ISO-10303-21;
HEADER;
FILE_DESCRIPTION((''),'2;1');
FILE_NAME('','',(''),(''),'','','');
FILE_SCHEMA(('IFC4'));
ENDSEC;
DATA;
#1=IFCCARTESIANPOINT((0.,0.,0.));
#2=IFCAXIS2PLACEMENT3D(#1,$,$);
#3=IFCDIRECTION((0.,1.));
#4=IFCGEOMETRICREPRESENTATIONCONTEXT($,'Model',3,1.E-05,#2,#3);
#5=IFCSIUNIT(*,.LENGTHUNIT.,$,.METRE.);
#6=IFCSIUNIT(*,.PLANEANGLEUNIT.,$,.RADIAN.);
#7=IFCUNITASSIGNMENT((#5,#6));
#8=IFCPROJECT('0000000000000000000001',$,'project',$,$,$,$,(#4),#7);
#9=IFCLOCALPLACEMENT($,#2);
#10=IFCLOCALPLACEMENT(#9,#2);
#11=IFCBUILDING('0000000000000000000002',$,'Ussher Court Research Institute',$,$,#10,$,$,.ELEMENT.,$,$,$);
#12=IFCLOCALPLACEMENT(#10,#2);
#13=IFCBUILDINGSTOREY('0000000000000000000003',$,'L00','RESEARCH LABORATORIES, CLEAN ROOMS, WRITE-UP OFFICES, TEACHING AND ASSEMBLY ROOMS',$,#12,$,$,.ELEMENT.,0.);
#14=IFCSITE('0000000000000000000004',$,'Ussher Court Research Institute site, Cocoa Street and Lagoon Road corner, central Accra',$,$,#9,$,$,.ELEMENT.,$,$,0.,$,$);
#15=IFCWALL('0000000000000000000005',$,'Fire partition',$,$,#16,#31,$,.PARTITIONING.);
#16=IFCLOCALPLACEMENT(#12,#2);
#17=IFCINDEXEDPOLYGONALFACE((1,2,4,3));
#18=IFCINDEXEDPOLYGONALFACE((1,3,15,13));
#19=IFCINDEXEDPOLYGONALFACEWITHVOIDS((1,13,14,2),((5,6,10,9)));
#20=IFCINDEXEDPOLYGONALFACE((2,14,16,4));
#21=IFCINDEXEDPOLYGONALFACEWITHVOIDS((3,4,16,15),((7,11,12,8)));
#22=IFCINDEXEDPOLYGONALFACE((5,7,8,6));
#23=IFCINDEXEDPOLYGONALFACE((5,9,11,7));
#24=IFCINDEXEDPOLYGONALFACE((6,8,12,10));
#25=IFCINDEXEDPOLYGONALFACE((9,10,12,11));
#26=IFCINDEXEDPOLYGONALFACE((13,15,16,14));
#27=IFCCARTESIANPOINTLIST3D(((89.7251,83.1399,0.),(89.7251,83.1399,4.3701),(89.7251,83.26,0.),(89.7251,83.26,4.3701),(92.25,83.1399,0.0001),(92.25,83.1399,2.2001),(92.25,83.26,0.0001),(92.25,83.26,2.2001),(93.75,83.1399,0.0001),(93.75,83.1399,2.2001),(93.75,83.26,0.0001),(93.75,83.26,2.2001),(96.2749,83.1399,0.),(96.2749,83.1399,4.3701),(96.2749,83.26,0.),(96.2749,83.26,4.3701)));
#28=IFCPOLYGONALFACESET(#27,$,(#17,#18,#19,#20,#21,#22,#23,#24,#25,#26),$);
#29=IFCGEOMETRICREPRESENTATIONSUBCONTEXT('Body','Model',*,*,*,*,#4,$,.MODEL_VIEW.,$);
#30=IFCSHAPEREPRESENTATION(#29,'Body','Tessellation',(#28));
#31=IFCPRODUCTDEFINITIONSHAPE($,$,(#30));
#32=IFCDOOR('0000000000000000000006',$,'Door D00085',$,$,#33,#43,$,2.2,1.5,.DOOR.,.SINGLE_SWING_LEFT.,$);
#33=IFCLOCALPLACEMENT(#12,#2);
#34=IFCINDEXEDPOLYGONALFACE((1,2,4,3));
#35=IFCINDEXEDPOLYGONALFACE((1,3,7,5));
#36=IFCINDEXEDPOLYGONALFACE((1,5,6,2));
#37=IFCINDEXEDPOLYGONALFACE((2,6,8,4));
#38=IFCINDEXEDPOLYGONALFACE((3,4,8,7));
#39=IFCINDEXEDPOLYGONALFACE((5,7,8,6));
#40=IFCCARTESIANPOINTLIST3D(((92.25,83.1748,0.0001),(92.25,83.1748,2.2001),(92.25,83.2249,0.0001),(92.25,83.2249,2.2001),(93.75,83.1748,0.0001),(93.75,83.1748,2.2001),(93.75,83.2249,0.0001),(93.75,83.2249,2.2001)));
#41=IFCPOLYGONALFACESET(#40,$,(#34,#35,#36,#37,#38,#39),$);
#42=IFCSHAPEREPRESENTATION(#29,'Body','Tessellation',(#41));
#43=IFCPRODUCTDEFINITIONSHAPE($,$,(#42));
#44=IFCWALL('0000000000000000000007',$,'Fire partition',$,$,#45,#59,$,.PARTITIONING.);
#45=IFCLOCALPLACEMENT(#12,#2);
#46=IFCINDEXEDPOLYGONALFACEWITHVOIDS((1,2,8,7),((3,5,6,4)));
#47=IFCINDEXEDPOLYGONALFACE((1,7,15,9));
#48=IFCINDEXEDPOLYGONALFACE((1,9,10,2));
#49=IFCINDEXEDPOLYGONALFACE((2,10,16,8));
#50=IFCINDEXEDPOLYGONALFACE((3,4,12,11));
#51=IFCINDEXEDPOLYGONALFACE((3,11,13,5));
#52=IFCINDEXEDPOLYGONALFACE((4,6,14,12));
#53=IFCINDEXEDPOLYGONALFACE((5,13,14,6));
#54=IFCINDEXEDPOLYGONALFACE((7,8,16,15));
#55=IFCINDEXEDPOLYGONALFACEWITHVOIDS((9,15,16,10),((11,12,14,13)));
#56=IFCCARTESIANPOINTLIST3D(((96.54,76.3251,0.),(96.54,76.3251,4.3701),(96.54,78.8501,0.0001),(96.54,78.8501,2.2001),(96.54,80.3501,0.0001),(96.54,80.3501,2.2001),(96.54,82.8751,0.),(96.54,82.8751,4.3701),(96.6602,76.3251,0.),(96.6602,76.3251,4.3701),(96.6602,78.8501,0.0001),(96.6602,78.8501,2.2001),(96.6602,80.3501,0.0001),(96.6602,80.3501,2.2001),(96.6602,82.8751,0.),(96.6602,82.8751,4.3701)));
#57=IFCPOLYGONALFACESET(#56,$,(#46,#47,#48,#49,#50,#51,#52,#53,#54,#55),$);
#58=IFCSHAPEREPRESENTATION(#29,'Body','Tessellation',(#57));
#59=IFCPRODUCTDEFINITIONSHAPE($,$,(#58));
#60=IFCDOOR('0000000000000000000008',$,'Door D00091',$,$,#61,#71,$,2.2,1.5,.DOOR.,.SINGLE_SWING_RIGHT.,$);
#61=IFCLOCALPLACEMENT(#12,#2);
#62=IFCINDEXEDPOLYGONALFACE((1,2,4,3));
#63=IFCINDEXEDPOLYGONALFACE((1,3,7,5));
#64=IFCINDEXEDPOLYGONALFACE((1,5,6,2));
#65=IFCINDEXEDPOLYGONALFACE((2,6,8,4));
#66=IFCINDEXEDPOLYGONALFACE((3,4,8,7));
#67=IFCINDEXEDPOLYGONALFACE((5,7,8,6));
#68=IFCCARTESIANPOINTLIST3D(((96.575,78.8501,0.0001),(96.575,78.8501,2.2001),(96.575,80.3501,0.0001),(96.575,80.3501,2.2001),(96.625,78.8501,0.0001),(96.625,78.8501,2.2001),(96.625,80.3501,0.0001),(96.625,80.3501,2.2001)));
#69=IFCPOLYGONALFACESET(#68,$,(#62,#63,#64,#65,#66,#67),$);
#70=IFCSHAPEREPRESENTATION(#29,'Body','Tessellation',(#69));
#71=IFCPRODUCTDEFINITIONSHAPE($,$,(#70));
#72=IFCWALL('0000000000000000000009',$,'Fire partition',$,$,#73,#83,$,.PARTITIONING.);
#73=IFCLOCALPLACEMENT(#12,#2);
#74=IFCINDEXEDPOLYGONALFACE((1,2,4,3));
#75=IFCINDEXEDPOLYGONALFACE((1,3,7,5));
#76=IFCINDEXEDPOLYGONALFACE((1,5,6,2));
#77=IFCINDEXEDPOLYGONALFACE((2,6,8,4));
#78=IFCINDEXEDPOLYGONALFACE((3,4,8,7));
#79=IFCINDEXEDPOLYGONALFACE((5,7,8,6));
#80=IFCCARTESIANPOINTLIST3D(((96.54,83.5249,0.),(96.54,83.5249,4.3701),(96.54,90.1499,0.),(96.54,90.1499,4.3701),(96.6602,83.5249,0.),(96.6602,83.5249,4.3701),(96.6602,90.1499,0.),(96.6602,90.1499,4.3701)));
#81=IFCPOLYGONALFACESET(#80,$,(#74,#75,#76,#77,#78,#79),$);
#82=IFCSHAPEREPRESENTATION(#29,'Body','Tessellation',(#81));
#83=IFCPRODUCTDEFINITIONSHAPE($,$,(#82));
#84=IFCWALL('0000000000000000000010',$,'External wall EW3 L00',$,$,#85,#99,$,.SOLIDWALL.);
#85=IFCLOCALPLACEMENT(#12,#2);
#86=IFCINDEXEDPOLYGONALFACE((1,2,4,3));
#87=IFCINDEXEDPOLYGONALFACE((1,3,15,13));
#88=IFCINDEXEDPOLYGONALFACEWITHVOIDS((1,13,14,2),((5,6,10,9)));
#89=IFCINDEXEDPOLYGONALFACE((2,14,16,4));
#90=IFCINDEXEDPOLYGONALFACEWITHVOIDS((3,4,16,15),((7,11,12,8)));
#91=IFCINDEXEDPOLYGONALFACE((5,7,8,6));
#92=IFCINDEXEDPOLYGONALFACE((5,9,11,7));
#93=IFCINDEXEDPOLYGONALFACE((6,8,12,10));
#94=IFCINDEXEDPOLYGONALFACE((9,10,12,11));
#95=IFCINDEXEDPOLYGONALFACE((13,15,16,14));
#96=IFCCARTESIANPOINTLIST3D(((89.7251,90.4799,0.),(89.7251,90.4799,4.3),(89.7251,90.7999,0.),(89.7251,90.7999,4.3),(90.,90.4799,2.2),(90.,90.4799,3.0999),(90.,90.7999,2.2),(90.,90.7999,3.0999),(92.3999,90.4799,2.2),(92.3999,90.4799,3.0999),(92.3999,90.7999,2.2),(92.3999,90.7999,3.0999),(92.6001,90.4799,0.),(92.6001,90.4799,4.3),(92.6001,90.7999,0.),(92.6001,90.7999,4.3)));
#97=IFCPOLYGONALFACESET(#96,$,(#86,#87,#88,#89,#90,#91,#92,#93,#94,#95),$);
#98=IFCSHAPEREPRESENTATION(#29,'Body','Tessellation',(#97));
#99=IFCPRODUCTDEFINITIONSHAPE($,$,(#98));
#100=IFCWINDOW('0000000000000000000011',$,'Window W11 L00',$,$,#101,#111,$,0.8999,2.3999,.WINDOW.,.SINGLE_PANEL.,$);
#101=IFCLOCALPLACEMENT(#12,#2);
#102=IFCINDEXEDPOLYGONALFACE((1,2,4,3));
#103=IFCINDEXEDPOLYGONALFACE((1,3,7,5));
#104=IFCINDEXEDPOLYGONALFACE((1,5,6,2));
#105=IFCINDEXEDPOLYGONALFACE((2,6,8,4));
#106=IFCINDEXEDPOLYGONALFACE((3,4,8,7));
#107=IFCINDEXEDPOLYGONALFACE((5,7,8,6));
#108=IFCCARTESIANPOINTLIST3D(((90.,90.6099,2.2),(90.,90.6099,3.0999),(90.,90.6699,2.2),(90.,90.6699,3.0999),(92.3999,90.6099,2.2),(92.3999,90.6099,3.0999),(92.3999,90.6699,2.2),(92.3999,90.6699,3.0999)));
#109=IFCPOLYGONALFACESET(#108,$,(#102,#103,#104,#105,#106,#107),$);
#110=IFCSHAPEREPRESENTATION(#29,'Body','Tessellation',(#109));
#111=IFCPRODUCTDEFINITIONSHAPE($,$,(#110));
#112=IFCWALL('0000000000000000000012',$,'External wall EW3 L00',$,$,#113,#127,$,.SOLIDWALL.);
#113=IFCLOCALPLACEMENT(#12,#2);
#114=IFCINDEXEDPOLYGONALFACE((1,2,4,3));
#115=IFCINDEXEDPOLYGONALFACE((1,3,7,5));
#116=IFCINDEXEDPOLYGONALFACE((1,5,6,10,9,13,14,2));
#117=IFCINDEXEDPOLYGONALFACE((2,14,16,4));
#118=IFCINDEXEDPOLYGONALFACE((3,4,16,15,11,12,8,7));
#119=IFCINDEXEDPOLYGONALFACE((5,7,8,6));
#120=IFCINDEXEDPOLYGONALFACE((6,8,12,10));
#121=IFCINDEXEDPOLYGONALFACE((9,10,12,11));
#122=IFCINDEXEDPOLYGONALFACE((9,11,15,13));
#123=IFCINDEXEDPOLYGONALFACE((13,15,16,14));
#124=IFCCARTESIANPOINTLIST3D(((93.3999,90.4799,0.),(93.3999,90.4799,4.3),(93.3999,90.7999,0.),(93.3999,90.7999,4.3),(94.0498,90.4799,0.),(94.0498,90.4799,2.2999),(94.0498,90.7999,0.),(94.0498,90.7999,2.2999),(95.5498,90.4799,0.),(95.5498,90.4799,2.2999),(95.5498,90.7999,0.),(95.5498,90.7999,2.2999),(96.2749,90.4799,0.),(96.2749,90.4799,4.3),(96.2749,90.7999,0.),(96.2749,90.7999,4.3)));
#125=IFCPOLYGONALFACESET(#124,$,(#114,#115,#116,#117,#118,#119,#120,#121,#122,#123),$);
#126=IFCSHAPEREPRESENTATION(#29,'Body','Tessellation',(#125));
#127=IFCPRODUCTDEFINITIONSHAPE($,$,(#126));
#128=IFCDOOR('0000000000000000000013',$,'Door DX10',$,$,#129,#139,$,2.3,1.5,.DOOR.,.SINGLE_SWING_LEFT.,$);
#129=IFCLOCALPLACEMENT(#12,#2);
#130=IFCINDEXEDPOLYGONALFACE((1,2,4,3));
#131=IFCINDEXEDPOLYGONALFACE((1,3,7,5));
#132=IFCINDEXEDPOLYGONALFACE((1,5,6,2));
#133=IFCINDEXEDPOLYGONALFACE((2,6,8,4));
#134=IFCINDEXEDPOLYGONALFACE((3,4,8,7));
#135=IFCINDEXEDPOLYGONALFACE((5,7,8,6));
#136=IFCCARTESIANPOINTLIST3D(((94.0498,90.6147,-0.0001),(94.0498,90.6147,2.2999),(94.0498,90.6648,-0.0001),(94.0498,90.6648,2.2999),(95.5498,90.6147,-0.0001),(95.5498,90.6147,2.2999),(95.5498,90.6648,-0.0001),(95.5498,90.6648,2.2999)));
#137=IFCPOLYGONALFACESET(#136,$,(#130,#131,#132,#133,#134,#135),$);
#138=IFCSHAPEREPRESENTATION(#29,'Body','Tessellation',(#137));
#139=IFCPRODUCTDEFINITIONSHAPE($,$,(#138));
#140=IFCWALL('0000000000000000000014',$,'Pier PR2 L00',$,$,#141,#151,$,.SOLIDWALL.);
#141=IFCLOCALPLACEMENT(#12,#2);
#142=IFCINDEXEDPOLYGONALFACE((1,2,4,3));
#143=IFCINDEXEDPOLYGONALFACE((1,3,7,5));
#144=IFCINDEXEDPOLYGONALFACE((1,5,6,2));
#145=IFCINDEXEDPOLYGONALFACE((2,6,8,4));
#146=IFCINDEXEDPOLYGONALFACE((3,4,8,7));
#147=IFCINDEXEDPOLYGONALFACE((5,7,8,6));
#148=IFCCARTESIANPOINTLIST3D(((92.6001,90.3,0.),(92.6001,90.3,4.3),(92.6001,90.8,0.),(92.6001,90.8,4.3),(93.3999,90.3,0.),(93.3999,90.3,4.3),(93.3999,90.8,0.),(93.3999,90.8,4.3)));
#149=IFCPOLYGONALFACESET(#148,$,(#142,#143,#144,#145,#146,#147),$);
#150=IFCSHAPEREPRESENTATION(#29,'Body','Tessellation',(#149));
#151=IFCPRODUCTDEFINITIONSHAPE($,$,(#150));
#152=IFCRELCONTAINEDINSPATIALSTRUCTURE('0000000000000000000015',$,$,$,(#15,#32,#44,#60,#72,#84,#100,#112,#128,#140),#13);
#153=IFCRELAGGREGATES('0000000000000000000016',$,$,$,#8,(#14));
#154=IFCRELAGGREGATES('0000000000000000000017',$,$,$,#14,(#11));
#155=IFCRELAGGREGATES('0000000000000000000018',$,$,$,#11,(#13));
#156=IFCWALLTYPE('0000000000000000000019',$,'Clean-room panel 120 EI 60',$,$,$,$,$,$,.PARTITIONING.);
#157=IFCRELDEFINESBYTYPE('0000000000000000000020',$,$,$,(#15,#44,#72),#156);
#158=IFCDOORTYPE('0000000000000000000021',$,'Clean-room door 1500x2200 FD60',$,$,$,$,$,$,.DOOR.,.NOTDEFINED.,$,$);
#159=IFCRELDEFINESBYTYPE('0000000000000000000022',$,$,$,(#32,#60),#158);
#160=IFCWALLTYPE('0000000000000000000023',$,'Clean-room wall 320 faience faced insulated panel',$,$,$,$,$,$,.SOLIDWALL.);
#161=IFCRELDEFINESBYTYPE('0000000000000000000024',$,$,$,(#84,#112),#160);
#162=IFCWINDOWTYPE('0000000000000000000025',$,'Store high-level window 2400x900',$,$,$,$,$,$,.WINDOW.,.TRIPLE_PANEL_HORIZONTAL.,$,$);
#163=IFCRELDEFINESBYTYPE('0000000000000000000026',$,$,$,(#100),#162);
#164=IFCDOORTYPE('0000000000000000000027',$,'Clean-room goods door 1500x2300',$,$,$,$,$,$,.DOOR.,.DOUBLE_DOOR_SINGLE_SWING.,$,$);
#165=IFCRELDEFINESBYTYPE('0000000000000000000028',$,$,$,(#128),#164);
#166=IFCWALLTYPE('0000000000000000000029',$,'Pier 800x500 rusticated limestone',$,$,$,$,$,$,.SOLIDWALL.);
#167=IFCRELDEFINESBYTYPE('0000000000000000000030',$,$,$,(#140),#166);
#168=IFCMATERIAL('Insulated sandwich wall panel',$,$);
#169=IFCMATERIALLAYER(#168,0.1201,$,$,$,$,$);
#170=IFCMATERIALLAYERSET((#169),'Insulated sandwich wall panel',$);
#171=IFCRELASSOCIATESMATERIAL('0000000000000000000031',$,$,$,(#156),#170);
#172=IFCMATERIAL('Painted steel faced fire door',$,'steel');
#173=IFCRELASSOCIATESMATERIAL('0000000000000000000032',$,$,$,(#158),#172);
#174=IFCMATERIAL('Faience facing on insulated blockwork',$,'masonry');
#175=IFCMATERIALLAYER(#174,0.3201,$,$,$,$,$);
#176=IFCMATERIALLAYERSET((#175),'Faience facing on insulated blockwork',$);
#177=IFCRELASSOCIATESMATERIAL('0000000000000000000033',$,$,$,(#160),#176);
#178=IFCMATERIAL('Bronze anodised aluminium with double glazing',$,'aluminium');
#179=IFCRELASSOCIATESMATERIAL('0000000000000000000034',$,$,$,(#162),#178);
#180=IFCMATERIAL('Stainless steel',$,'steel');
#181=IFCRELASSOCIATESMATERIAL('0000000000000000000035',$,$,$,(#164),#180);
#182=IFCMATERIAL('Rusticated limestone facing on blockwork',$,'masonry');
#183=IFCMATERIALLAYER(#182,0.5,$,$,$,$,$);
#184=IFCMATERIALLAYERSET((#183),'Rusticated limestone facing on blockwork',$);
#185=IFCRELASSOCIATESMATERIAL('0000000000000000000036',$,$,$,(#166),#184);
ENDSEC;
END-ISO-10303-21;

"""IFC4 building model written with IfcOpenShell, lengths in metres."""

from ifc_helpers import new_model, si_unit, direction, frame, frame_2d, origin, place, context, subcontext, project, spatial, rectangle, extrude, material, layer, layer_set, type_object, element, fill, save


model = new_model("IFC4")

# Units and contexts
model_context = context("Model", 3, precision=1e-05, world=origin(), true_north=direction((0.0, 1.0)))
body_context = subcontext(model_context, "Body", "Model", "MODEL_VIEW")
ifc_project = project(units=[si_unit("LENGTHUNIT", "METRE"), si_unit("PLANEANGLEUNIT", "RADIAN")], contexts=[model_context])

# Site, building, storey
site_placement = place(None, origin())
site = spatial("IfcSite", under=ifc_project, at=site_placement, Name="Ussher Court Research Institute site, Cocoa Street and Lagoon Road corner, central Accra", CompositionType="ELEMENT", RefElevation=0.0)
building_placement = place(site_placement, origin())
building = spatial("IfcBuilding", under=site, at=building_placement, Name="Ussher Court Research Institute", CompositionType="ELEMENT")
storey_placement = place(building_placement, origin())
storey = spatial("IfcBuildingStorey", under=building, at=storey_placement, Name="L00", Description="RESEARCH LABORATORIES, CLEAN ROOMS, WRITE-UP OFFICES, TEACHING AND ASSEMBLY ROOMS", CompositionType="ELEMENT", Elevation=0.0)

# Walls, openings, doors
ifc_material_1 = material(Name="Insulated sandwich wall panel")
ifc_layer_1 = layer(ifc_material_1, 0.1201)
ifc_layer_set_1 = layer_set([ifc_layer_1], Name="Insulated sandwich wall panel")
wall_type_1 = type_object("IfcWallType", Name="Clean-room panel 120 EI 60", PredefinedType="PARTITIONING", material=ifc_layer_set_1)
wall_1_placement = place(storey_placement, frame((89.7251, 83.2, 0.0), z_axis=(0.0, 0.0, 1.0), x_axis=(1.0, 0.0, 0.0)))
wall_1 = element("IfcWall", 1, at=wall_1_placement, inside=storey, type_object=wall_type_1, Name="Fire partition", PredefinedType="PARTITIONING", context=body_context, shape_type="SweptSolid", body=[
    extrude(rectangle(XDim=6.5498, YDim=0.1201, at=frame_2d((3.2749, 0.0))), origin(), (0.0, 0.0, 1.0), 4.3701),
])
opening_1_placement = place(wall_1_placement, frame((2.5249, 0.0, 0.0)))
opening_1 = element("IfcOpeningElement", 2, at=opening_1_placement, cuts=wall_1, PredefinedType="OPENING", context=body_context, shape_type="SweptSolid", body=[
    extrude(rectangle(XDim=1.5, YDim=2.2, at=frame_2d((0.75, 1.1001))), frame((0.0, 0.0701, 0.0), z_axis=(0.0, -1.0, 0.0), x_axis=(1.0, 0.0, 0.0)), (0.0, 0.0, 1.0), 0.1401),
])
ifc_material_2 = material(Name="Painted steel faced fire door", Category="steel")
door_type_1 = type_object("IfcDoorType", Name="Clean-room door 1500x2200 FD60", OperationType="NOTDEFINED", PredefinedType="DOOR", material=ifc_material_2)
door_1_placement = place(opening_1_placement, origin())
door_1 = element("IfcDoor", 3, at=door_1_placement, inside=storey, type_object=door_type_1, Name="Door D00085", OperationType="SINGLE_SWING_LEFT", OverallHeight=2.2, OverallWidth=1.5, PredefinedType="DOOR", context=body_context, shape_type="SweptSolid", body=[
    extrude(rectangle(XDim=1.5, YDim=2.2, at=frame_2d((0.75, 1.1001))), frame((0.0, 0.0249, 0.0), z_axis=(0.0, -1.0, 0.0), x_axis=(1.0, 0.0, 0.0)), (0.0, 0.0, 1.0), 0.05),
])
fill(opening_1, door_1)
wall_2_placement = place(storey_placement, frame((96.6001, 82.875, 0.0), z_axis=(0.0, 0.0, 1.0), x_axis=(0.0, -1.0, 0.0)))
wall_2 = element("IfcWall", 4, at=wall_2_placement, inside=storey, type_object=wall_type_1, Name="Fire partition", PredefinedType="PARTITIONING", context=body_context, shape_type="SweptSolid", body=[
    extrude(rectangle(XDim=6.55, YDim=0.1201, at=frame_2d((3.2749, 0.0))), origin(), (0.0, 0.0, 1.0), 4.3701),
])
opening_2_placement = place(wall_2_placement, frame((2.5249, 0.0, 0.0)))
opening_2 = element("IfcOpeningElement", 5, at=opening_2_placement, cuts=wall_2, PredefinedType="OPENING", context=body_context, shape_type="SweptSolid", body=[
    extrude(rectangle(XDim=1.5, YDim=2.2, at=frame_2d((0.75, 1.1001))), frame((0.0, 0.0701, 0.0), z_axis=(0.0, -1.0, 0.0), x_axis=(1.0, 0.0, 0.0)), (0.0, 0.0, 1.0), 0.1401),
])
door_2_placement = place(opening_2_placement, origin())
door_2 = element("IfcDoor", 6, at=door_2_placement, inside=storey, type_object=door_type_1, Name="Door D00091", OperationType="SINGLE_SWING_RIGHT", OverallHeight=2.2, OverallWidth=1.5, PredefinedType="DOOR", context=body_context, shape_type="SweptSolid", body=[
    extrude(rectangle(XDim=1.5, YDim=2.2, at=frame_2d((0.75, 1.1001))), frame((0.0, 0.0249, 0.0), z_axis=(0.0, -1.0, 0.0), x_axis=(1.0, 0.0, 0.0)), (0.0, 0.0, 1.0), 0.05),
])
fill(opening_2, door_2)

# Wall
wall_3_placement = place(storey_placement, frame((96.6001, 83.5249, 0.0), z_axis=(0.0, 0.0, 1.0), x_axis=(0.0, 1.0, 0.0)))
element("IfcWall", 7, at=wall_3_placement, inside=storey, type_object=wall_type_1, Name="Fire partition", PredefinedType="PARTITIONING", context=body_context, shape_type="SweptSolid", body=[
    extrude(rectangle(XDim=6.625, YDim=0.1201, at=frame_2d((3.3125, 0.0))), origin(), (0.0, 0.0, 1.0), 4.3701),
])

# Wall, opening, window
ifc_material_3 = material(Name="Faience facing on insulated blockwork", Category="masonry")
ifc_layer_2 = layer(ifc_material_3, 0.3201)
ifc_layer_set_2 = layer_set([ifc_layer_2], Name="Faience facing on insulated blockwork")
wall_type_2 = type_object("IfcWallType", Name="Clean-room wall 320 faience faced insulated panel", PredefinedType="SOLIDWALL", material=ifc_layer_set_2)
wall_4_placement = place(storey_placement, frame((89.7251, 90.6399, 0.0), z_axis=(0.0, 0.0, 1.0), x_axis=(1.0, 0.0, 0.0)))
wall_4 = element("IfcWall", 8, at=wall_4_placement, inside=storey, type_object=wall_type_2, Name="External wall EW3 L00", PredefinedType="SOLIDWALL", context=body_context, shape_type="SweptSolid", body=[
    extrude(rectangle(XDim=2.875, YDim=0.3201, at=frame_2d((1.4375, 0.0))), origin(), (0.0, 0.0, 1.0), 4.3),
])
opening_3_placement = place(wall_4_placement, frame((0.2749, 0.0, 2.2)))
opening_3 = element("IfcOpeningElement", 9, at=opening_3_placement, cuts=wall_4, PredefinedType="OPENING", context=body_context, shape_type="SweptSolid", body=[
    extrude(rectangle(XDim=2.3999, YDim=0.8999, at=frame_2d((1.2, 0.45))), frame((0.0, 0.1699, 0.0), z_axis=(0.0, -1.0, 0.0), x_axis=(1.0, 0.0, 0.0)), (0.0, 0.0, 1.0), 0.3401),
])
ifc_material_4 = material(Name="Bronze anodised aluminium with double glazing", Category="aluminium")
window_type = type_object("IfcWindowType", Name="Store high-level window 2400x900", PartitioningType="TRIPLE_PANEL_HORIZONTAL", PredefinedType="WINDOW", material=ifc_material_4)
window_placement = place(opening_3_placement, origin())
window = element("IfcWindow", 10, at=window_placement, inside=storey, type_object=window_type, Name="Window W11 L00", OverallHeight=0.8999, OverallWidth=2.3999, PartitioningType="SINGLE_PANEL", PredefinedType="WINDOW", context=body_context, shape_type="SweptSolid", body=[
    extrude(rectangle(XDim=2.3999, YDim=0.8999, at=frame_2d((1.2, 0.45))), frame((0.0, 0.03, 0.0), z_axis=(0.0, -1.0, 0.0), x_axis=(1.0, 0.0, 0.0)), (0.0, 0.0, 1.0), 0.0601),
])
fill(opening_3, window)

# Wall, opening, door
wall_5_placement = place(storey_placement, frame((93.3999, 90.6399, 0.0), z_axis=(0.0, 0.0, 1.0), x_axis=(1.0, 0.0, 0.0)))
wall_5 = element("IfcWall", 11, at=wall_5_placement, inside=storey, type_object=wall_type_2, Name="External wall EW3 L00", PredefinedType="SOLIDWALL", context=body_context, shape_type="SweptSolid", body=[
    extrude(rectangle(XDim=2.875, YDim=0.3201, at=frame_2d((1.4375, 0.0))), origin(), (0.0, 0.0, 1.0), 4.3),
])
opening_4_placement = place(wall_5_placement, frame((0.6499, 0.0, 0.0)))
opening_4 = element("IfcOpeningElement", 12, at=opening_4_placement, cuts=wall_5, PredefinedType="OPENING", context=body_context, shape_type="SweptSolid", body=[
    extrude(rectangle(XDim=1.5, YDim=2.3, at=frame_2d((0.75, 1.1499))), frame((0.0, 0.1699, 0.0), z_axis=(0.0, -1.0, 0.0), x_axis=(1.0, 0.0, 0.0)), (0.0, 0.0, 1.0), 0.3401),
])
ifc_material_5 = material(Name="Stainless steel", Category="steel")
door_type_2 = type_object("IfcDoorType", Name="Clean-room goods door 1500x2300", OperationType="DOUBLE_DOOR_SINGLE_SWING", PredefinedType="DOOR", material=ifc_material_5)
door_3_placement = place(opening_4_placement, origin())
door_3 = element("IfcDoor", 13, at=door_3_placement, inside=storey, type_object=door_type_2, Name="Door DX10", OperationType="SINGLE_SWING_LEFT", OverallHeight=2.3, OverallWidth=1.5, PredefinedType="DOOR", context=body_context, shape_type="SweptSolid", body=[
    extrude(rectangle(XDim=1.5, YDim=2.3, at=frame_2d((0.75, 1.1499))), frame((0.0, 0.0249, 0.0), z_axis=(0.0, -1.0, 0.0), x_axis=(1.0, 0.0, 0.0)), (0.0, 0.0, 1.0), 0.05),
])
fill(opening_4, door_3)

# Wall
ifc_material_6 = material(Name="Rusticated limestone facing on blockwork", Category="masonry")
ifc_layer_3 = layer(ifc_material_6, 0.5)
ifc_layer_set_3 = layer_set([ifc_layer_3], Name="Rusticated limestone facing on blockwork")
wall_type_3 = type_object("IfcWallType", Name="Pier 800x500 rusticated limestone", PredefinedType="SOLIDWALL", material=ifc_layer_set_3)
wall_6_placement = place(storey_placement, frame((92.6001, 90.55, 0.0), z_axis=(0.0, 0.0, 1.0), x_axis=(1.0, 0.0, 0.0)))
element("IfcWall", 14, at=wall_6_placement, inside=storey, type_object=wall_type_3, Name="Pier PR2 L00", PredefinedType="SOLIDWALL", context=body_context, shape_type="SweptSolid", body=[
    extrude(rectangle(XDim=0.7998, YDim=0.5, at=frame_2d((0.3999, 0.0))), origin(), (0.0, 0.0, 1.0), 4.3),
])

save(model, "model.ifc")
